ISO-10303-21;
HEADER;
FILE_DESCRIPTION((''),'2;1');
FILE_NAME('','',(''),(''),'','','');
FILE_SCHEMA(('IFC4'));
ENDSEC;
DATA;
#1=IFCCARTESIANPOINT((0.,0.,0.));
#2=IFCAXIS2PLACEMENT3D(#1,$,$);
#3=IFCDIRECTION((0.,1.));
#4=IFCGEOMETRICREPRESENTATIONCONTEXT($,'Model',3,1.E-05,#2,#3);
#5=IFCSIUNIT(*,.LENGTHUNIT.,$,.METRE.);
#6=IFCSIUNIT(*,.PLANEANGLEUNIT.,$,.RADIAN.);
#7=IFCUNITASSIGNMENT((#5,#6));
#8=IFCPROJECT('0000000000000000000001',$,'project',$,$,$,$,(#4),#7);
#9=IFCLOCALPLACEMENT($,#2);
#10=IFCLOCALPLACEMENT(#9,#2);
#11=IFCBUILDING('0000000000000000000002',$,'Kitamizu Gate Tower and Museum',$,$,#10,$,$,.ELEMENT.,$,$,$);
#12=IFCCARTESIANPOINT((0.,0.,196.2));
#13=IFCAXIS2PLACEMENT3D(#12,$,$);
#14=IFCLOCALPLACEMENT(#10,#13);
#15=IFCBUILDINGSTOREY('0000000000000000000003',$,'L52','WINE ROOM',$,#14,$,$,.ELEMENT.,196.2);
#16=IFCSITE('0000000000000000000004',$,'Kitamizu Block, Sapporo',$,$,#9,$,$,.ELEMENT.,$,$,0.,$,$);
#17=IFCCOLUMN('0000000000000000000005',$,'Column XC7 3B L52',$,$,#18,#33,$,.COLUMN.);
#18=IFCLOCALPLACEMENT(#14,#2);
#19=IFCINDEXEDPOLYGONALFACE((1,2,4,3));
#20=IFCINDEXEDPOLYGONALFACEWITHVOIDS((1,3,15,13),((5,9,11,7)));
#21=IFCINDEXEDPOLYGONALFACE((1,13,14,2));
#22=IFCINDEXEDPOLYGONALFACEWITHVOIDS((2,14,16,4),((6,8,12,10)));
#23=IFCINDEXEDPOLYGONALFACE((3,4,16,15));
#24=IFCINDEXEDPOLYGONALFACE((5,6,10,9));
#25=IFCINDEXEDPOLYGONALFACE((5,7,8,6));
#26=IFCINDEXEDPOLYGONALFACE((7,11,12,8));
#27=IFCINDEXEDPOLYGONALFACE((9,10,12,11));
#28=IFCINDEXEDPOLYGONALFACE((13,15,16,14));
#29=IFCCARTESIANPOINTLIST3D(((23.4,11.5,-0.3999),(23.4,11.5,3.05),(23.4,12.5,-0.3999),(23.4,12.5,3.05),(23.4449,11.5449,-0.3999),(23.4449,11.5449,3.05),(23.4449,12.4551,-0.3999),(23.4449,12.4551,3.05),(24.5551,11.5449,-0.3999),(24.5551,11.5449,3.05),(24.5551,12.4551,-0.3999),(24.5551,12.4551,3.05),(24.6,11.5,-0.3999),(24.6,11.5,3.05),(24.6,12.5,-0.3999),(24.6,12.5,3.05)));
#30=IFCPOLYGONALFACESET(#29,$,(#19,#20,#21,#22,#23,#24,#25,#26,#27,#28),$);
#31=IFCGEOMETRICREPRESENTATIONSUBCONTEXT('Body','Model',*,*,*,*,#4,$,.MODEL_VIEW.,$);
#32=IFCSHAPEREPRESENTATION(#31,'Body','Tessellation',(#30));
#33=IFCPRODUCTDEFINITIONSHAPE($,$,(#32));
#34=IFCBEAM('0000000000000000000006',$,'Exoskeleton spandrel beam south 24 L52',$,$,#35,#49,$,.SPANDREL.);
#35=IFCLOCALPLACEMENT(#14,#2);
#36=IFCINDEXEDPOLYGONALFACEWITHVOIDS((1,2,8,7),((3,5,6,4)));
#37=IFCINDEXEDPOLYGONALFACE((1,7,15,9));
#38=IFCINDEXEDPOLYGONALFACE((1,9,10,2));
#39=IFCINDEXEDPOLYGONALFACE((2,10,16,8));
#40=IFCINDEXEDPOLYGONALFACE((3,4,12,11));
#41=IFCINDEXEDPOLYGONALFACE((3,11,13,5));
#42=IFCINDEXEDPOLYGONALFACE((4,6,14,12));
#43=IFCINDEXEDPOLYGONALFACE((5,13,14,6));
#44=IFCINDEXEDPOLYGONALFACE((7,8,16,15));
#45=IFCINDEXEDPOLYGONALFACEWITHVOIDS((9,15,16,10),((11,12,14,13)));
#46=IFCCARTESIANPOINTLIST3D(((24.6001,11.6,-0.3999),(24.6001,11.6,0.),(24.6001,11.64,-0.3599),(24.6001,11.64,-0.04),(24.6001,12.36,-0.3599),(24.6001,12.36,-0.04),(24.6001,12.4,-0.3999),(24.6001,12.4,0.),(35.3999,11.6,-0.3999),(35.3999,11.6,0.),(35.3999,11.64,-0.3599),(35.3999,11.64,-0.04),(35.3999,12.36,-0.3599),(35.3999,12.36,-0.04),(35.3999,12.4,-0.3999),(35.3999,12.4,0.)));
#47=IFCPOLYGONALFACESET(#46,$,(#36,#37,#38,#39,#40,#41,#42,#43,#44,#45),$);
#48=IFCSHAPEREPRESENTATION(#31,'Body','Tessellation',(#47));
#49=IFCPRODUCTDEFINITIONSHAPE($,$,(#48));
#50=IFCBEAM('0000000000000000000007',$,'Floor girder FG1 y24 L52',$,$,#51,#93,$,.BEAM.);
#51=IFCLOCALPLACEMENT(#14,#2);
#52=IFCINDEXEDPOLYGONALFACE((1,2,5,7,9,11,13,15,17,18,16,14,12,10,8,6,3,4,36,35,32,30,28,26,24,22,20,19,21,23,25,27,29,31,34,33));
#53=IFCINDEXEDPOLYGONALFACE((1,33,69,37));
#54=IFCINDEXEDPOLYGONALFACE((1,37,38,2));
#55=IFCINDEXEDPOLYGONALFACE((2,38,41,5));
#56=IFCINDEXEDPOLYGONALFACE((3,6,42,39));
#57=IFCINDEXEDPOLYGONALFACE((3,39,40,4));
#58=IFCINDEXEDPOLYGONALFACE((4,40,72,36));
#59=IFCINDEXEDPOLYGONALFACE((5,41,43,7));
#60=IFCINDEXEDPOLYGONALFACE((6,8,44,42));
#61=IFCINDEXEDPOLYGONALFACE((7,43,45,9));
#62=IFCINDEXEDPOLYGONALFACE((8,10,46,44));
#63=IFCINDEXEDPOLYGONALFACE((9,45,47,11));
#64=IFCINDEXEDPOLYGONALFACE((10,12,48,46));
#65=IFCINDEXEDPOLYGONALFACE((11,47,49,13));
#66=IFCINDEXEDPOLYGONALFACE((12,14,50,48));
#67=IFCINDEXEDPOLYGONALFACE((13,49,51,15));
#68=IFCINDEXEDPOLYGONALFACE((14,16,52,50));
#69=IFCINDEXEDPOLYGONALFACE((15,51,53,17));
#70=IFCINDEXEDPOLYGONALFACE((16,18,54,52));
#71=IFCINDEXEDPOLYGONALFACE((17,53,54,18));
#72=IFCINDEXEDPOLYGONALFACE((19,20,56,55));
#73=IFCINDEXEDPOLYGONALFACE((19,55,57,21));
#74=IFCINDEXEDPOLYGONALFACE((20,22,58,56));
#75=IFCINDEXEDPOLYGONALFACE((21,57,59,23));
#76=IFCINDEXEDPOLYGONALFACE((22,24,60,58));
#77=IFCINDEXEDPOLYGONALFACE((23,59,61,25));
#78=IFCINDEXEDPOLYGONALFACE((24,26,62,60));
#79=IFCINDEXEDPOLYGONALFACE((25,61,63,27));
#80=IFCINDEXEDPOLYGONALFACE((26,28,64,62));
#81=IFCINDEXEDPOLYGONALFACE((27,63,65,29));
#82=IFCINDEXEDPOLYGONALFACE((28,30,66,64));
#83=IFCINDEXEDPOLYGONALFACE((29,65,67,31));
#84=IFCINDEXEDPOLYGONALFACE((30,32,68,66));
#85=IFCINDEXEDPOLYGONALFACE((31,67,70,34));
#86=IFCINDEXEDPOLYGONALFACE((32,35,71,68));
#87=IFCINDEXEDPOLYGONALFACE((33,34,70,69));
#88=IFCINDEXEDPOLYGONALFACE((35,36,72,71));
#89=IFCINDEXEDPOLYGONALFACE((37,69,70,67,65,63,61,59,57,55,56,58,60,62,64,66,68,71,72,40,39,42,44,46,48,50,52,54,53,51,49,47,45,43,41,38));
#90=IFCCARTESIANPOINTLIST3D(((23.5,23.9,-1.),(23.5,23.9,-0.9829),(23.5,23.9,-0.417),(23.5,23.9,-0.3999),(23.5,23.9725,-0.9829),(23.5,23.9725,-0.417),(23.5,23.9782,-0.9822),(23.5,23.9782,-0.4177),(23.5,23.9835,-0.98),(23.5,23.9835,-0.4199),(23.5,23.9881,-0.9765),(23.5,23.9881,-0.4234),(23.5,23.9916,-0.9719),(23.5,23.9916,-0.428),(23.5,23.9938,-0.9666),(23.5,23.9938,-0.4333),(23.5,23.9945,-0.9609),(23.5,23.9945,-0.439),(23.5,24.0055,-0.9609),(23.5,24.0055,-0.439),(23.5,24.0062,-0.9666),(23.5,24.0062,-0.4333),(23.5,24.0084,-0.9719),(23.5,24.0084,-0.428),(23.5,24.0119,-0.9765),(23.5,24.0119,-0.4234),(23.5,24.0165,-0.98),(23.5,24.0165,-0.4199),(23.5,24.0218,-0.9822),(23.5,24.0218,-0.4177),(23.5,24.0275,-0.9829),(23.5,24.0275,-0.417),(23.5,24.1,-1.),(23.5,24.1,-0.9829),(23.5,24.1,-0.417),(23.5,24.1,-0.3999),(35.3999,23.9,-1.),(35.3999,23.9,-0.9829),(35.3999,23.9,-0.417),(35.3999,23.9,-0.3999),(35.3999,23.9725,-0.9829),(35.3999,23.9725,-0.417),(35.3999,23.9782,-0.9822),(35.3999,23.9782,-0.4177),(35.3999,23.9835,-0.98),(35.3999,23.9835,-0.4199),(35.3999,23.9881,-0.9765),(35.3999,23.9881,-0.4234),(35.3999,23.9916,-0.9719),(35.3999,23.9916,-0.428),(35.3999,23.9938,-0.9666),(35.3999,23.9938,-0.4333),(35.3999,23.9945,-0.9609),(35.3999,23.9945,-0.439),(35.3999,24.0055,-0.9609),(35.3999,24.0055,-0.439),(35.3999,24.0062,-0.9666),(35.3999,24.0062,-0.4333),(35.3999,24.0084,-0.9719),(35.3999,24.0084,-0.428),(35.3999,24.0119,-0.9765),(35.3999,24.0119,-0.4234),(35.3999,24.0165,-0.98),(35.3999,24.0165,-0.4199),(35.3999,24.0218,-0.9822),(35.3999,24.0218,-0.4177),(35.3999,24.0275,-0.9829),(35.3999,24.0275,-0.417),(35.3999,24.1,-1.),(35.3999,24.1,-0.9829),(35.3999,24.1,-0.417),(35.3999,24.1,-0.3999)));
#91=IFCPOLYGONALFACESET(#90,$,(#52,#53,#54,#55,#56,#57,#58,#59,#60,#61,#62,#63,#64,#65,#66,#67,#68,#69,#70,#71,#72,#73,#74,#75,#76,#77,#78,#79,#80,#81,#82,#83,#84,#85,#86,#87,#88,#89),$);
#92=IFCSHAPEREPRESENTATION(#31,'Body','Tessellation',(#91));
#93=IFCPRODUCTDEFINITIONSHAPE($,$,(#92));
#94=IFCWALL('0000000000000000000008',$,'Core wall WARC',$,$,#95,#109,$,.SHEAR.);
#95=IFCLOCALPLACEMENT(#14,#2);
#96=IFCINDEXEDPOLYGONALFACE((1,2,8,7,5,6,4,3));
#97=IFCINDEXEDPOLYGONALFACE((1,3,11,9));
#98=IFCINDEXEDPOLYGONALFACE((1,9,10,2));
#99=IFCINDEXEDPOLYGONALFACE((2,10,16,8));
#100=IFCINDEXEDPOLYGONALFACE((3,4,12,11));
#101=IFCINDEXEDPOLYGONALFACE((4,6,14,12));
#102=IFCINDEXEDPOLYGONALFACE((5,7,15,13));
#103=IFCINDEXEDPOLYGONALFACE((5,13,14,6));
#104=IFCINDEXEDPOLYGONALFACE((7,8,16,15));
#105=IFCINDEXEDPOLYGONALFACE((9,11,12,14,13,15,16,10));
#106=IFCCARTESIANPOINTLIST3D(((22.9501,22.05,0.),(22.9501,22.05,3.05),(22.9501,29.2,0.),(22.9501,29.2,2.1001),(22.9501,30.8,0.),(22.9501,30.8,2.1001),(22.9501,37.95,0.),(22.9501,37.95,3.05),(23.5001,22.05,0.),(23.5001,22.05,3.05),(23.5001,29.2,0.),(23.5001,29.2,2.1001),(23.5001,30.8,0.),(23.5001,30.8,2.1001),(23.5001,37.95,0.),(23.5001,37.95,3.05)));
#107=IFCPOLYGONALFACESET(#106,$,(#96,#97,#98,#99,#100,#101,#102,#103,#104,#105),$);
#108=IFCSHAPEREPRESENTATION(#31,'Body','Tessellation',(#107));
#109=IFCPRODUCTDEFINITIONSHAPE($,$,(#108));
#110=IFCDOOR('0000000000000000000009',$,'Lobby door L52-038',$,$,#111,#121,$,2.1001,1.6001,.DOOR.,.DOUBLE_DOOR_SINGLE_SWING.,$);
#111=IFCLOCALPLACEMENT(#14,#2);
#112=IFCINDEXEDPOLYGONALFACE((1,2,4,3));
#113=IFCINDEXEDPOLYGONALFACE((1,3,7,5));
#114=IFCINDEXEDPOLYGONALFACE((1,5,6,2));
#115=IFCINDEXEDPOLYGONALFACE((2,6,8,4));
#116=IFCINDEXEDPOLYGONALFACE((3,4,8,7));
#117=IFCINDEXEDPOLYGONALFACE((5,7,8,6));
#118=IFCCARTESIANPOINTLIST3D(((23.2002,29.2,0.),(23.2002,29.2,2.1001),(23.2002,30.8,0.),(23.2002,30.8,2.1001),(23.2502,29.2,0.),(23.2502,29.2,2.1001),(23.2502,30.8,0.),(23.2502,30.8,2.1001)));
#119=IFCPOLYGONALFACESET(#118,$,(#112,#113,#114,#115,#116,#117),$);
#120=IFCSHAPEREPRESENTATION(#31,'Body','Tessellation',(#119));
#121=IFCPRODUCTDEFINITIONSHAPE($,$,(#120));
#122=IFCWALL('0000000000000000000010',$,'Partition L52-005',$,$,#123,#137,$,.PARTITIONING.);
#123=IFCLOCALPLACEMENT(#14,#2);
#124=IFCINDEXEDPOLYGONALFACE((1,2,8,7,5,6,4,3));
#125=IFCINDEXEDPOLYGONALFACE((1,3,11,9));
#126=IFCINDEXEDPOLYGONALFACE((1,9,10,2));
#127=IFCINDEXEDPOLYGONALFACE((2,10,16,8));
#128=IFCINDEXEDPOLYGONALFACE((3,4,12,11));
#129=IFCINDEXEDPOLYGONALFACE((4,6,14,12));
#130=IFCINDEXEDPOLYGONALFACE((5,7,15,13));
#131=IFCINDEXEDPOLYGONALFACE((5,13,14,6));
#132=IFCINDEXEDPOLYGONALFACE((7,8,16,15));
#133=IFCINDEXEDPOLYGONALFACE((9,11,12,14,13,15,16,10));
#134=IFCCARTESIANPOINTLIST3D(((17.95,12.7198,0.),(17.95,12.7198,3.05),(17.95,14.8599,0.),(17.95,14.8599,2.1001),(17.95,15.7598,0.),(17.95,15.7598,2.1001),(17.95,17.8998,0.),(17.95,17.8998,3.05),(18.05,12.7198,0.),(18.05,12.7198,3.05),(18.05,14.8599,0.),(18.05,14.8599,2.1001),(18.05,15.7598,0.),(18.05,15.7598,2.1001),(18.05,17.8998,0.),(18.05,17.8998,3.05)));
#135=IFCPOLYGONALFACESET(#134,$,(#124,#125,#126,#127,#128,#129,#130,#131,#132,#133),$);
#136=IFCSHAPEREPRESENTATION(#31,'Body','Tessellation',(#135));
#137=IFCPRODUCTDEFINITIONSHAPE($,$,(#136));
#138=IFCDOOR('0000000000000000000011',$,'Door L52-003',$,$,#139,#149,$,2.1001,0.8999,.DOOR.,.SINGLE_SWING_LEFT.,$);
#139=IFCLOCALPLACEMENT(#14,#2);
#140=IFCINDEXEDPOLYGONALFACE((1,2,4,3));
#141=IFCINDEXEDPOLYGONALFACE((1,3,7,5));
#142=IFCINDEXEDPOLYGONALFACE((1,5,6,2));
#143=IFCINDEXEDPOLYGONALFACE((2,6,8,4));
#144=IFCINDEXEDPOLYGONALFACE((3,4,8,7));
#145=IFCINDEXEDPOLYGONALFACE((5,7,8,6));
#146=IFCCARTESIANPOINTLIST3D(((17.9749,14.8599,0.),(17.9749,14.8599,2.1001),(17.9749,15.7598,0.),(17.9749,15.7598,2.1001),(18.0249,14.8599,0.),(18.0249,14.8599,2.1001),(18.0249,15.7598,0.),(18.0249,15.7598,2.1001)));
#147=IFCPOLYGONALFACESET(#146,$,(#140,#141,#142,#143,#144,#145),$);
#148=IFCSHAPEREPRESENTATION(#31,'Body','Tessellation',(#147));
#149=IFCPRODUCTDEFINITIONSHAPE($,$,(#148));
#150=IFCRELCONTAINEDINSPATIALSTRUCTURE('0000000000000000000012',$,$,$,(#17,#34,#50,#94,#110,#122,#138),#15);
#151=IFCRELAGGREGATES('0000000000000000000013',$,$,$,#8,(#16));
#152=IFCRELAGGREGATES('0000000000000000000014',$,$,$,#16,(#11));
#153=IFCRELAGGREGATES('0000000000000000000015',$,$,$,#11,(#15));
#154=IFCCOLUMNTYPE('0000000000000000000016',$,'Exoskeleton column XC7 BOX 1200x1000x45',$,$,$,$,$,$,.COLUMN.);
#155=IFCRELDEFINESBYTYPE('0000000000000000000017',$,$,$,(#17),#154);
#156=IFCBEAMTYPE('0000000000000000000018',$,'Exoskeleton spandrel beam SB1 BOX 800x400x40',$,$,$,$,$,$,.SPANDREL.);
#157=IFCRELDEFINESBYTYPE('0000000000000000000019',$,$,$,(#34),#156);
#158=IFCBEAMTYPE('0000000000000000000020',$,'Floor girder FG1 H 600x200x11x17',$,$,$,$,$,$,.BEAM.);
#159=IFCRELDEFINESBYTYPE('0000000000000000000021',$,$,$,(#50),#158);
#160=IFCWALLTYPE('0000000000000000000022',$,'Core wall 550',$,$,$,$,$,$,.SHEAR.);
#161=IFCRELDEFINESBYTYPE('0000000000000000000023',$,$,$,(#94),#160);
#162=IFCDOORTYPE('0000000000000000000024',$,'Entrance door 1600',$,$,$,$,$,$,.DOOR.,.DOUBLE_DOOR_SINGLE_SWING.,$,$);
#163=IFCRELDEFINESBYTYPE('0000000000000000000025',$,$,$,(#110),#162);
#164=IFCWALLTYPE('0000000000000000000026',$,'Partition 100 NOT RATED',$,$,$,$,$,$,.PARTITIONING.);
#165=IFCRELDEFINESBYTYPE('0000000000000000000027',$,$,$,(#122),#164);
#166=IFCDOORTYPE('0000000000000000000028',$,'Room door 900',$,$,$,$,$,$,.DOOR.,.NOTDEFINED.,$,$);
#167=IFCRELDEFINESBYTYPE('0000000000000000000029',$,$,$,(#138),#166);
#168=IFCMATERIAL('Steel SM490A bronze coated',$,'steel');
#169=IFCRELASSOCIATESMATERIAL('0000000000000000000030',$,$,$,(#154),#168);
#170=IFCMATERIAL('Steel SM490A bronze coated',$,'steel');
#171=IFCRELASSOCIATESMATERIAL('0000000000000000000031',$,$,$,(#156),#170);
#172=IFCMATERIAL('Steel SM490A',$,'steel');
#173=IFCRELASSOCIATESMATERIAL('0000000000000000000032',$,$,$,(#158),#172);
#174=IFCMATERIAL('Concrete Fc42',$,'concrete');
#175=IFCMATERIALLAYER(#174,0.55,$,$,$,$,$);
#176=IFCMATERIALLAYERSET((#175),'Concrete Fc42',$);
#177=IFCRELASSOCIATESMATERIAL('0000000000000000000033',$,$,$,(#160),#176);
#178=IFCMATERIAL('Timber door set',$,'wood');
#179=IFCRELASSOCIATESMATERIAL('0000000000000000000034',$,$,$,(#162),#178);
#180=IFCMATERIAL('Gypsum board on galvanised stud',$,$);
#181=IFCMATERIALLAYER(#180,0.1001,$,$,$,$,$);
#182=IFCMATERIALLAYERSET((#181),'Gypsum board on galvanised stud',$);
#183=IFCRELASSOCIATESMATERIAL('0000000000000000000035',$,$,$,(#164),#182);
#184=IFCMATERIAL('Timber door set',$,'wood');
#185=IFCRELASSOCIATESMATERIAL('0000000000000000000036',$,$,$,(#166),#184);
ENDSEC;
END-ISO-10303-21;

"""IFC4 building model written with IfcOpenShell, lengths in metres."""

from ifc_helpers import new_model, si_unit, direction, frame, frame_2d, origin, origin_2d, place, context, subcontext, project, spatial, rectangle, hollow_rectangle, i_section, extrude, material, layer, layer_set, material_profile, profile_set, type_object, element, fill, save


model = new_model("IFC4")

# Units and contexts
model_context = context("Model", 3, precision=1e-05, world=origin(), true_north=direction((0.0, 1.0)))
body_context = subcontext(model_context, "Body", "Model", "MODEL_VIEW")
ifc_project = project(units=[si_unit("LENGTHUNIT", "METRE"), si_unit("PLANEANGLEUNIT", "RADIAN")], contexts=[model_context])

# Site, building, storey
site_placement = place(None, origin())
site = spatial("IfcSite", under=ifc_project, at=site_placement, Name="Kitamizu Block, Sapporo", CompositionType="ELEMENT", RefElevation=0.0)
building_placement = place(site_placement, origin())
building = spatial("IfcBuilding", under=site, at=building_placement, Name="Kitamizu Gate Tower and Museum", CompositionType="ELEMENT")
storey_placement = place(building_placement, frame((0.0, 0.0, 196.2)))
storey = spatial("IfcBuildingStorey", under=building, at=storey_placement, Name="L52", Description="WINE ROOM", CompositionType="ELEMENT", Elevation=196.2)

# Column
ifc_material_1 = material(Name="Steel SM490A bronze coated", Category="steel")
ifc_material_profile_1 = material_profile(ifc_material_1, hollow_rectangle(XDim=1.2, YDim=1.0, WallThickness=0.0449, at=origin_2d()), Name="BOX 1200x1000x45")
ifc_profile_set_1 = profile_set([ifc_material_profile_1], Name="Steel SM490A bronze coated")
column_type = type_object("IfcColumnType", Name="Exoskeleton column XC7 BOX 1200x1000x45", PredefinedType="COLUMN", material=ifc_profile_set_1)
column_placement = place(storey_placement, frame((24.0, 12.0, -0.3999), z_axis=(0.0, 0.0, 1.0), x_axis=(1.0, 0.0, 0.0)))
element("IfcColumn", 1, at=column_placement, inside=storey, type_object=column_type, Name="Column XC7 3B L52", PredefinedType="COLUMN", context=body_context, shape_type="SweptSolid", body=[
    extrude(hollow_rectangle(XDim=1.2, YDim=1.0, WallThickness=0.0449, at=origin_2d()), origin(), (0.0, 0.0, 1.0), 3.45),
])

# Beams
ifc_material_2 = material(Name="Steel SM490A bronze coated", Category="steel")
ifc_material_profile_2 = material_profile(ifc_material_2, hollow_rectangle(XDim=0.8, YDim=0.3999, WallThickness=0.04, at=origin_2d()), Name="BOX 800x400x40")
ifc_profile_set_2 = profile_set([ifc_material_profile_2], Name="Steel SM490A bronze coated")
beam_type_1 = type_object("IfcBeamType", Name="Exoskeleton spandrel beam SB1 BOX 800x400x40", PredefinedType="SPANDREL", material=ifc_profile_set_2)
beam_1_placement = place(storey_placement, frame((24.6001, 12.0, -0.2), z_axis=(1.0, 0.0, 0.0), x_axis=(0.0, 1.0, 0.0)))
element("IfcBeam", 2, at=beam_1_placement, inside=storey, type_object=beam_type_1, Name="Exoskeleton spandrel beam south 24 L52", PredefinedType="SPANDREL", context=body_context, shape_type="SweptSolid", body=[
    extrude(hollow_rectangle(XDim=0.8, YDim=0.3999, WallThickness=0.04, at=origin_2d()), origin(), (0.0, 0.0, 1.0), 10.7998),
])
ifc_material_3 = material(Name="Steel SM490A", Category="steel")
ifc_material_profile_3 = material_profile(ifc_material_3, i_section(OverallWidth=0.2, OverallDepth=0.6001, WebThickness=0.011, FlangeThickness=0.0171, FilletRadius=0.022, at=origin_2d()), Name="H-600x200x11x17")
ifc_profile_set_3 = profile_set([ifc_material_profile_3], Name="Steel SM490A")
beam_type_2 = type_object("IfcBeamType", Name="Floor girder FG1 H 600x200x11x17", PredefinedType="BEAM", material=ifc_profile_set_3)
beam_2_placement = place(storey_placement, frame((23.5, 24.0, -0.7), z_axis=(1.0, 0.0, 0.0), x_axis=(0.0, 1.0, 0.0)))
element("IfcBeam", 3, at=beam_2_placement, inside=storey, type_object=beam_type_2, Name="Floor girder FG1 y24 L52", PredefinedType="BEAM", context=body_context, shape_type="SweptSolid", body=[
    extrude(i_section(OverallWidth=0.2, OverallDepth=0.6001, WebThickness=0.011, FlangeThickness=0.0171, FilletRadius=0.022, at=origin_2d()), origin(), (0.0, 0.0, 1.0), 11.8999),
])

# Walls, openings, doors
ifc_material_4 = material(Name="Concrete Fc42", Category="concrete")
ifc_layer_1 = layer(ifc_material_4, 0.55)
ifc_layer_set_1 = layer_set([ifc_layer_1], Name="Concrete Fc42")
wall_type_1 = type_object("IfcWallType", Name="Core wall 550", PredefinedType="SHEAR", material=ifc_layer_set_1)
wall_1_placement = place(storey_placement, frame((23.2251, 22.05, 0.0), z_axis=(0.0, 0.0, 1.0), x_axis=(0.0, 1.0, 0.0)))
wall_1 = element("IfcWall", 4, at=wall_1_placement, inside=storey, type_object=wall_type_1, Name="Core wall WARC", PredefinedType="SHEAR", context=body_context, shape_type="SweptSolid", body=[
    extrude(rectangle(XDim=15.8999, YDim=0.55, at=frame_2d((7.95, 0.0))), origin(), (0.0, 0.0, 1.0), 3.05),
])
opening_1_placement = place(wall_1_placement, frame((7.1499, 0.0, 0.0)))
opening_1 = element("IfcOpeningElement", 5, at=opening_1_placement, cuts=wall_1, PredefinedType="OPENING", context=body_context, shape_type="SweptSolid", body=[
    extrude(rectangle(XDim=1.6001, YDim=2.1001, at=frame_2d((0.8, 1.05))), frame((0.0, 0.2852, 0.0), z_axis=(0.0, -1.0, 0.0), x_axis=(1.0, 0.0, 0.0)), (0.0, 0.0, 1.0), 0.5701),
])
ifc_material_5 = material(Name="Timber door set", Category="wood")
door_type_1 = type_object("IfcDoorType", Name="Entrance door 1600", OperationType="DOUBLE_DOOR_SINGLE_SWING", PredefinedType="DOOR", material=ifc_material_5)
door_1_placement = place(opening_1_placement, origin())
door_1 = element("IfcDoor", 6, at=door_1_placement, inside=storey, type_object=door_type_1, Name="Lobby door L52-038", OperationType="DOUBLE_DOOR_SINGLE_SWING", OverallHeight=2.1001, OverallWidth=1.6001, PredefinedType="DOOR", context=body_context, shape_type="SweptSolid", body=[
    extrude(rectangle(XDim=1.6001, YDim=2.1001, at=frame_2d((0.8, 1.05))), frame((0.0, 0.0249, 0.0), z_axis=(0.0, -1.0, 0.0), x_axis=(1.0, 0.0, 0.0)), (0.0, 0.0, 1.0), 0.05),
])
fill(opening_1, door_1)
ifc_material_6 = material(Name="Gypsum board on galvanised stud")
ifc_layer_2 = layer(ifc_material_6, 0.1001)
ifc_layer_set_2 = layer_set([ifc_layer_2], Name="Gypsum board on galvanised stud")
wall_type_2 = type_object("IfcWallType", Name="Partition 100 NOT RATED", PredefinedType="PARTITIONING", material=ifc_layer_set_2)
wall_2_placement = place(storey_placement, frame((18.0, 12.72, 0.0), z_axis=(0.0, 0.0, 1.0), x_axis=(0.0, 1.0, 0.0)))
wall_2 = element("IfcWall", 7, at=wall_2_placement, inside=storey, type_object=wall_type_2, Name="Partition L52-005", PredefinedType="PARTITIONING", context=body_context, shape_type="SweptSolid", body=[
    extrude(rectangle(XDim=5.1799, YDim=0.1001, at=frame_2d((2.5898, 0.0))), origin(), (0.0, 0.0, 1.0), 3.05),
])
opening_2_placement = place(wall_2_placement, frame((2.1399, 0.0, 0.0)))
opening_2 = element("IfcOpeningElement", 8, at=opening_2_placement, cuts=wall_2, PredefinedType="OPENING", context=body_context, shape_type="SweptSolid", body=[
    extrude(rectangle(XDim=0.8999, YDim=2.1001, at=frame_2d((0.45, 1.05))), frame((0.0, 0.0601, 0.0), z_axis=(0.0, -1.0, 0.0), x_axis=(1.0, 0.0, 0.0)), (0.0, 0.0, 1.0), 0.1201),
])
ifc_material_7 = material(Name="Timber door set", Category="wood")
door_type_2 = type_object("IfcDoorType", Name="Room door 900", OperationType="NOTDEFINED", PredefinedType="DOOR", material=ifc_material_7)
door_2_placement = place(opening_2_placement, frame((0.8999, 0.0, 0.0), x_axis=(-1.0, 0.0, 0.0)))
door_2 = element("IfcDoor", 9, at=door_2_placement, inside=storey, type_object=door_type_2, Name="Door L52-003", OperationType="SINGLE_SWING_LEFT", OverallHeight=2.1001, OverallWidth=0.8999, PredefinedType="DOOR", context=body_context, shape_type="SweptSolid", body=[
    extrude(rectangle(XDim=0.8999, YDim=2.1001, at=frame_2d((0.45, 1.05))), frame((0.0, 0.0249, 0.0), z_axis=(0.0, -1.0, 0.0), x_axis=(1.0, 0.0, 0.0)), (0.0, 0.0, 1.0), 0.05),
])
fill(opening_2, door_2)

save(model, "model.ifc")
